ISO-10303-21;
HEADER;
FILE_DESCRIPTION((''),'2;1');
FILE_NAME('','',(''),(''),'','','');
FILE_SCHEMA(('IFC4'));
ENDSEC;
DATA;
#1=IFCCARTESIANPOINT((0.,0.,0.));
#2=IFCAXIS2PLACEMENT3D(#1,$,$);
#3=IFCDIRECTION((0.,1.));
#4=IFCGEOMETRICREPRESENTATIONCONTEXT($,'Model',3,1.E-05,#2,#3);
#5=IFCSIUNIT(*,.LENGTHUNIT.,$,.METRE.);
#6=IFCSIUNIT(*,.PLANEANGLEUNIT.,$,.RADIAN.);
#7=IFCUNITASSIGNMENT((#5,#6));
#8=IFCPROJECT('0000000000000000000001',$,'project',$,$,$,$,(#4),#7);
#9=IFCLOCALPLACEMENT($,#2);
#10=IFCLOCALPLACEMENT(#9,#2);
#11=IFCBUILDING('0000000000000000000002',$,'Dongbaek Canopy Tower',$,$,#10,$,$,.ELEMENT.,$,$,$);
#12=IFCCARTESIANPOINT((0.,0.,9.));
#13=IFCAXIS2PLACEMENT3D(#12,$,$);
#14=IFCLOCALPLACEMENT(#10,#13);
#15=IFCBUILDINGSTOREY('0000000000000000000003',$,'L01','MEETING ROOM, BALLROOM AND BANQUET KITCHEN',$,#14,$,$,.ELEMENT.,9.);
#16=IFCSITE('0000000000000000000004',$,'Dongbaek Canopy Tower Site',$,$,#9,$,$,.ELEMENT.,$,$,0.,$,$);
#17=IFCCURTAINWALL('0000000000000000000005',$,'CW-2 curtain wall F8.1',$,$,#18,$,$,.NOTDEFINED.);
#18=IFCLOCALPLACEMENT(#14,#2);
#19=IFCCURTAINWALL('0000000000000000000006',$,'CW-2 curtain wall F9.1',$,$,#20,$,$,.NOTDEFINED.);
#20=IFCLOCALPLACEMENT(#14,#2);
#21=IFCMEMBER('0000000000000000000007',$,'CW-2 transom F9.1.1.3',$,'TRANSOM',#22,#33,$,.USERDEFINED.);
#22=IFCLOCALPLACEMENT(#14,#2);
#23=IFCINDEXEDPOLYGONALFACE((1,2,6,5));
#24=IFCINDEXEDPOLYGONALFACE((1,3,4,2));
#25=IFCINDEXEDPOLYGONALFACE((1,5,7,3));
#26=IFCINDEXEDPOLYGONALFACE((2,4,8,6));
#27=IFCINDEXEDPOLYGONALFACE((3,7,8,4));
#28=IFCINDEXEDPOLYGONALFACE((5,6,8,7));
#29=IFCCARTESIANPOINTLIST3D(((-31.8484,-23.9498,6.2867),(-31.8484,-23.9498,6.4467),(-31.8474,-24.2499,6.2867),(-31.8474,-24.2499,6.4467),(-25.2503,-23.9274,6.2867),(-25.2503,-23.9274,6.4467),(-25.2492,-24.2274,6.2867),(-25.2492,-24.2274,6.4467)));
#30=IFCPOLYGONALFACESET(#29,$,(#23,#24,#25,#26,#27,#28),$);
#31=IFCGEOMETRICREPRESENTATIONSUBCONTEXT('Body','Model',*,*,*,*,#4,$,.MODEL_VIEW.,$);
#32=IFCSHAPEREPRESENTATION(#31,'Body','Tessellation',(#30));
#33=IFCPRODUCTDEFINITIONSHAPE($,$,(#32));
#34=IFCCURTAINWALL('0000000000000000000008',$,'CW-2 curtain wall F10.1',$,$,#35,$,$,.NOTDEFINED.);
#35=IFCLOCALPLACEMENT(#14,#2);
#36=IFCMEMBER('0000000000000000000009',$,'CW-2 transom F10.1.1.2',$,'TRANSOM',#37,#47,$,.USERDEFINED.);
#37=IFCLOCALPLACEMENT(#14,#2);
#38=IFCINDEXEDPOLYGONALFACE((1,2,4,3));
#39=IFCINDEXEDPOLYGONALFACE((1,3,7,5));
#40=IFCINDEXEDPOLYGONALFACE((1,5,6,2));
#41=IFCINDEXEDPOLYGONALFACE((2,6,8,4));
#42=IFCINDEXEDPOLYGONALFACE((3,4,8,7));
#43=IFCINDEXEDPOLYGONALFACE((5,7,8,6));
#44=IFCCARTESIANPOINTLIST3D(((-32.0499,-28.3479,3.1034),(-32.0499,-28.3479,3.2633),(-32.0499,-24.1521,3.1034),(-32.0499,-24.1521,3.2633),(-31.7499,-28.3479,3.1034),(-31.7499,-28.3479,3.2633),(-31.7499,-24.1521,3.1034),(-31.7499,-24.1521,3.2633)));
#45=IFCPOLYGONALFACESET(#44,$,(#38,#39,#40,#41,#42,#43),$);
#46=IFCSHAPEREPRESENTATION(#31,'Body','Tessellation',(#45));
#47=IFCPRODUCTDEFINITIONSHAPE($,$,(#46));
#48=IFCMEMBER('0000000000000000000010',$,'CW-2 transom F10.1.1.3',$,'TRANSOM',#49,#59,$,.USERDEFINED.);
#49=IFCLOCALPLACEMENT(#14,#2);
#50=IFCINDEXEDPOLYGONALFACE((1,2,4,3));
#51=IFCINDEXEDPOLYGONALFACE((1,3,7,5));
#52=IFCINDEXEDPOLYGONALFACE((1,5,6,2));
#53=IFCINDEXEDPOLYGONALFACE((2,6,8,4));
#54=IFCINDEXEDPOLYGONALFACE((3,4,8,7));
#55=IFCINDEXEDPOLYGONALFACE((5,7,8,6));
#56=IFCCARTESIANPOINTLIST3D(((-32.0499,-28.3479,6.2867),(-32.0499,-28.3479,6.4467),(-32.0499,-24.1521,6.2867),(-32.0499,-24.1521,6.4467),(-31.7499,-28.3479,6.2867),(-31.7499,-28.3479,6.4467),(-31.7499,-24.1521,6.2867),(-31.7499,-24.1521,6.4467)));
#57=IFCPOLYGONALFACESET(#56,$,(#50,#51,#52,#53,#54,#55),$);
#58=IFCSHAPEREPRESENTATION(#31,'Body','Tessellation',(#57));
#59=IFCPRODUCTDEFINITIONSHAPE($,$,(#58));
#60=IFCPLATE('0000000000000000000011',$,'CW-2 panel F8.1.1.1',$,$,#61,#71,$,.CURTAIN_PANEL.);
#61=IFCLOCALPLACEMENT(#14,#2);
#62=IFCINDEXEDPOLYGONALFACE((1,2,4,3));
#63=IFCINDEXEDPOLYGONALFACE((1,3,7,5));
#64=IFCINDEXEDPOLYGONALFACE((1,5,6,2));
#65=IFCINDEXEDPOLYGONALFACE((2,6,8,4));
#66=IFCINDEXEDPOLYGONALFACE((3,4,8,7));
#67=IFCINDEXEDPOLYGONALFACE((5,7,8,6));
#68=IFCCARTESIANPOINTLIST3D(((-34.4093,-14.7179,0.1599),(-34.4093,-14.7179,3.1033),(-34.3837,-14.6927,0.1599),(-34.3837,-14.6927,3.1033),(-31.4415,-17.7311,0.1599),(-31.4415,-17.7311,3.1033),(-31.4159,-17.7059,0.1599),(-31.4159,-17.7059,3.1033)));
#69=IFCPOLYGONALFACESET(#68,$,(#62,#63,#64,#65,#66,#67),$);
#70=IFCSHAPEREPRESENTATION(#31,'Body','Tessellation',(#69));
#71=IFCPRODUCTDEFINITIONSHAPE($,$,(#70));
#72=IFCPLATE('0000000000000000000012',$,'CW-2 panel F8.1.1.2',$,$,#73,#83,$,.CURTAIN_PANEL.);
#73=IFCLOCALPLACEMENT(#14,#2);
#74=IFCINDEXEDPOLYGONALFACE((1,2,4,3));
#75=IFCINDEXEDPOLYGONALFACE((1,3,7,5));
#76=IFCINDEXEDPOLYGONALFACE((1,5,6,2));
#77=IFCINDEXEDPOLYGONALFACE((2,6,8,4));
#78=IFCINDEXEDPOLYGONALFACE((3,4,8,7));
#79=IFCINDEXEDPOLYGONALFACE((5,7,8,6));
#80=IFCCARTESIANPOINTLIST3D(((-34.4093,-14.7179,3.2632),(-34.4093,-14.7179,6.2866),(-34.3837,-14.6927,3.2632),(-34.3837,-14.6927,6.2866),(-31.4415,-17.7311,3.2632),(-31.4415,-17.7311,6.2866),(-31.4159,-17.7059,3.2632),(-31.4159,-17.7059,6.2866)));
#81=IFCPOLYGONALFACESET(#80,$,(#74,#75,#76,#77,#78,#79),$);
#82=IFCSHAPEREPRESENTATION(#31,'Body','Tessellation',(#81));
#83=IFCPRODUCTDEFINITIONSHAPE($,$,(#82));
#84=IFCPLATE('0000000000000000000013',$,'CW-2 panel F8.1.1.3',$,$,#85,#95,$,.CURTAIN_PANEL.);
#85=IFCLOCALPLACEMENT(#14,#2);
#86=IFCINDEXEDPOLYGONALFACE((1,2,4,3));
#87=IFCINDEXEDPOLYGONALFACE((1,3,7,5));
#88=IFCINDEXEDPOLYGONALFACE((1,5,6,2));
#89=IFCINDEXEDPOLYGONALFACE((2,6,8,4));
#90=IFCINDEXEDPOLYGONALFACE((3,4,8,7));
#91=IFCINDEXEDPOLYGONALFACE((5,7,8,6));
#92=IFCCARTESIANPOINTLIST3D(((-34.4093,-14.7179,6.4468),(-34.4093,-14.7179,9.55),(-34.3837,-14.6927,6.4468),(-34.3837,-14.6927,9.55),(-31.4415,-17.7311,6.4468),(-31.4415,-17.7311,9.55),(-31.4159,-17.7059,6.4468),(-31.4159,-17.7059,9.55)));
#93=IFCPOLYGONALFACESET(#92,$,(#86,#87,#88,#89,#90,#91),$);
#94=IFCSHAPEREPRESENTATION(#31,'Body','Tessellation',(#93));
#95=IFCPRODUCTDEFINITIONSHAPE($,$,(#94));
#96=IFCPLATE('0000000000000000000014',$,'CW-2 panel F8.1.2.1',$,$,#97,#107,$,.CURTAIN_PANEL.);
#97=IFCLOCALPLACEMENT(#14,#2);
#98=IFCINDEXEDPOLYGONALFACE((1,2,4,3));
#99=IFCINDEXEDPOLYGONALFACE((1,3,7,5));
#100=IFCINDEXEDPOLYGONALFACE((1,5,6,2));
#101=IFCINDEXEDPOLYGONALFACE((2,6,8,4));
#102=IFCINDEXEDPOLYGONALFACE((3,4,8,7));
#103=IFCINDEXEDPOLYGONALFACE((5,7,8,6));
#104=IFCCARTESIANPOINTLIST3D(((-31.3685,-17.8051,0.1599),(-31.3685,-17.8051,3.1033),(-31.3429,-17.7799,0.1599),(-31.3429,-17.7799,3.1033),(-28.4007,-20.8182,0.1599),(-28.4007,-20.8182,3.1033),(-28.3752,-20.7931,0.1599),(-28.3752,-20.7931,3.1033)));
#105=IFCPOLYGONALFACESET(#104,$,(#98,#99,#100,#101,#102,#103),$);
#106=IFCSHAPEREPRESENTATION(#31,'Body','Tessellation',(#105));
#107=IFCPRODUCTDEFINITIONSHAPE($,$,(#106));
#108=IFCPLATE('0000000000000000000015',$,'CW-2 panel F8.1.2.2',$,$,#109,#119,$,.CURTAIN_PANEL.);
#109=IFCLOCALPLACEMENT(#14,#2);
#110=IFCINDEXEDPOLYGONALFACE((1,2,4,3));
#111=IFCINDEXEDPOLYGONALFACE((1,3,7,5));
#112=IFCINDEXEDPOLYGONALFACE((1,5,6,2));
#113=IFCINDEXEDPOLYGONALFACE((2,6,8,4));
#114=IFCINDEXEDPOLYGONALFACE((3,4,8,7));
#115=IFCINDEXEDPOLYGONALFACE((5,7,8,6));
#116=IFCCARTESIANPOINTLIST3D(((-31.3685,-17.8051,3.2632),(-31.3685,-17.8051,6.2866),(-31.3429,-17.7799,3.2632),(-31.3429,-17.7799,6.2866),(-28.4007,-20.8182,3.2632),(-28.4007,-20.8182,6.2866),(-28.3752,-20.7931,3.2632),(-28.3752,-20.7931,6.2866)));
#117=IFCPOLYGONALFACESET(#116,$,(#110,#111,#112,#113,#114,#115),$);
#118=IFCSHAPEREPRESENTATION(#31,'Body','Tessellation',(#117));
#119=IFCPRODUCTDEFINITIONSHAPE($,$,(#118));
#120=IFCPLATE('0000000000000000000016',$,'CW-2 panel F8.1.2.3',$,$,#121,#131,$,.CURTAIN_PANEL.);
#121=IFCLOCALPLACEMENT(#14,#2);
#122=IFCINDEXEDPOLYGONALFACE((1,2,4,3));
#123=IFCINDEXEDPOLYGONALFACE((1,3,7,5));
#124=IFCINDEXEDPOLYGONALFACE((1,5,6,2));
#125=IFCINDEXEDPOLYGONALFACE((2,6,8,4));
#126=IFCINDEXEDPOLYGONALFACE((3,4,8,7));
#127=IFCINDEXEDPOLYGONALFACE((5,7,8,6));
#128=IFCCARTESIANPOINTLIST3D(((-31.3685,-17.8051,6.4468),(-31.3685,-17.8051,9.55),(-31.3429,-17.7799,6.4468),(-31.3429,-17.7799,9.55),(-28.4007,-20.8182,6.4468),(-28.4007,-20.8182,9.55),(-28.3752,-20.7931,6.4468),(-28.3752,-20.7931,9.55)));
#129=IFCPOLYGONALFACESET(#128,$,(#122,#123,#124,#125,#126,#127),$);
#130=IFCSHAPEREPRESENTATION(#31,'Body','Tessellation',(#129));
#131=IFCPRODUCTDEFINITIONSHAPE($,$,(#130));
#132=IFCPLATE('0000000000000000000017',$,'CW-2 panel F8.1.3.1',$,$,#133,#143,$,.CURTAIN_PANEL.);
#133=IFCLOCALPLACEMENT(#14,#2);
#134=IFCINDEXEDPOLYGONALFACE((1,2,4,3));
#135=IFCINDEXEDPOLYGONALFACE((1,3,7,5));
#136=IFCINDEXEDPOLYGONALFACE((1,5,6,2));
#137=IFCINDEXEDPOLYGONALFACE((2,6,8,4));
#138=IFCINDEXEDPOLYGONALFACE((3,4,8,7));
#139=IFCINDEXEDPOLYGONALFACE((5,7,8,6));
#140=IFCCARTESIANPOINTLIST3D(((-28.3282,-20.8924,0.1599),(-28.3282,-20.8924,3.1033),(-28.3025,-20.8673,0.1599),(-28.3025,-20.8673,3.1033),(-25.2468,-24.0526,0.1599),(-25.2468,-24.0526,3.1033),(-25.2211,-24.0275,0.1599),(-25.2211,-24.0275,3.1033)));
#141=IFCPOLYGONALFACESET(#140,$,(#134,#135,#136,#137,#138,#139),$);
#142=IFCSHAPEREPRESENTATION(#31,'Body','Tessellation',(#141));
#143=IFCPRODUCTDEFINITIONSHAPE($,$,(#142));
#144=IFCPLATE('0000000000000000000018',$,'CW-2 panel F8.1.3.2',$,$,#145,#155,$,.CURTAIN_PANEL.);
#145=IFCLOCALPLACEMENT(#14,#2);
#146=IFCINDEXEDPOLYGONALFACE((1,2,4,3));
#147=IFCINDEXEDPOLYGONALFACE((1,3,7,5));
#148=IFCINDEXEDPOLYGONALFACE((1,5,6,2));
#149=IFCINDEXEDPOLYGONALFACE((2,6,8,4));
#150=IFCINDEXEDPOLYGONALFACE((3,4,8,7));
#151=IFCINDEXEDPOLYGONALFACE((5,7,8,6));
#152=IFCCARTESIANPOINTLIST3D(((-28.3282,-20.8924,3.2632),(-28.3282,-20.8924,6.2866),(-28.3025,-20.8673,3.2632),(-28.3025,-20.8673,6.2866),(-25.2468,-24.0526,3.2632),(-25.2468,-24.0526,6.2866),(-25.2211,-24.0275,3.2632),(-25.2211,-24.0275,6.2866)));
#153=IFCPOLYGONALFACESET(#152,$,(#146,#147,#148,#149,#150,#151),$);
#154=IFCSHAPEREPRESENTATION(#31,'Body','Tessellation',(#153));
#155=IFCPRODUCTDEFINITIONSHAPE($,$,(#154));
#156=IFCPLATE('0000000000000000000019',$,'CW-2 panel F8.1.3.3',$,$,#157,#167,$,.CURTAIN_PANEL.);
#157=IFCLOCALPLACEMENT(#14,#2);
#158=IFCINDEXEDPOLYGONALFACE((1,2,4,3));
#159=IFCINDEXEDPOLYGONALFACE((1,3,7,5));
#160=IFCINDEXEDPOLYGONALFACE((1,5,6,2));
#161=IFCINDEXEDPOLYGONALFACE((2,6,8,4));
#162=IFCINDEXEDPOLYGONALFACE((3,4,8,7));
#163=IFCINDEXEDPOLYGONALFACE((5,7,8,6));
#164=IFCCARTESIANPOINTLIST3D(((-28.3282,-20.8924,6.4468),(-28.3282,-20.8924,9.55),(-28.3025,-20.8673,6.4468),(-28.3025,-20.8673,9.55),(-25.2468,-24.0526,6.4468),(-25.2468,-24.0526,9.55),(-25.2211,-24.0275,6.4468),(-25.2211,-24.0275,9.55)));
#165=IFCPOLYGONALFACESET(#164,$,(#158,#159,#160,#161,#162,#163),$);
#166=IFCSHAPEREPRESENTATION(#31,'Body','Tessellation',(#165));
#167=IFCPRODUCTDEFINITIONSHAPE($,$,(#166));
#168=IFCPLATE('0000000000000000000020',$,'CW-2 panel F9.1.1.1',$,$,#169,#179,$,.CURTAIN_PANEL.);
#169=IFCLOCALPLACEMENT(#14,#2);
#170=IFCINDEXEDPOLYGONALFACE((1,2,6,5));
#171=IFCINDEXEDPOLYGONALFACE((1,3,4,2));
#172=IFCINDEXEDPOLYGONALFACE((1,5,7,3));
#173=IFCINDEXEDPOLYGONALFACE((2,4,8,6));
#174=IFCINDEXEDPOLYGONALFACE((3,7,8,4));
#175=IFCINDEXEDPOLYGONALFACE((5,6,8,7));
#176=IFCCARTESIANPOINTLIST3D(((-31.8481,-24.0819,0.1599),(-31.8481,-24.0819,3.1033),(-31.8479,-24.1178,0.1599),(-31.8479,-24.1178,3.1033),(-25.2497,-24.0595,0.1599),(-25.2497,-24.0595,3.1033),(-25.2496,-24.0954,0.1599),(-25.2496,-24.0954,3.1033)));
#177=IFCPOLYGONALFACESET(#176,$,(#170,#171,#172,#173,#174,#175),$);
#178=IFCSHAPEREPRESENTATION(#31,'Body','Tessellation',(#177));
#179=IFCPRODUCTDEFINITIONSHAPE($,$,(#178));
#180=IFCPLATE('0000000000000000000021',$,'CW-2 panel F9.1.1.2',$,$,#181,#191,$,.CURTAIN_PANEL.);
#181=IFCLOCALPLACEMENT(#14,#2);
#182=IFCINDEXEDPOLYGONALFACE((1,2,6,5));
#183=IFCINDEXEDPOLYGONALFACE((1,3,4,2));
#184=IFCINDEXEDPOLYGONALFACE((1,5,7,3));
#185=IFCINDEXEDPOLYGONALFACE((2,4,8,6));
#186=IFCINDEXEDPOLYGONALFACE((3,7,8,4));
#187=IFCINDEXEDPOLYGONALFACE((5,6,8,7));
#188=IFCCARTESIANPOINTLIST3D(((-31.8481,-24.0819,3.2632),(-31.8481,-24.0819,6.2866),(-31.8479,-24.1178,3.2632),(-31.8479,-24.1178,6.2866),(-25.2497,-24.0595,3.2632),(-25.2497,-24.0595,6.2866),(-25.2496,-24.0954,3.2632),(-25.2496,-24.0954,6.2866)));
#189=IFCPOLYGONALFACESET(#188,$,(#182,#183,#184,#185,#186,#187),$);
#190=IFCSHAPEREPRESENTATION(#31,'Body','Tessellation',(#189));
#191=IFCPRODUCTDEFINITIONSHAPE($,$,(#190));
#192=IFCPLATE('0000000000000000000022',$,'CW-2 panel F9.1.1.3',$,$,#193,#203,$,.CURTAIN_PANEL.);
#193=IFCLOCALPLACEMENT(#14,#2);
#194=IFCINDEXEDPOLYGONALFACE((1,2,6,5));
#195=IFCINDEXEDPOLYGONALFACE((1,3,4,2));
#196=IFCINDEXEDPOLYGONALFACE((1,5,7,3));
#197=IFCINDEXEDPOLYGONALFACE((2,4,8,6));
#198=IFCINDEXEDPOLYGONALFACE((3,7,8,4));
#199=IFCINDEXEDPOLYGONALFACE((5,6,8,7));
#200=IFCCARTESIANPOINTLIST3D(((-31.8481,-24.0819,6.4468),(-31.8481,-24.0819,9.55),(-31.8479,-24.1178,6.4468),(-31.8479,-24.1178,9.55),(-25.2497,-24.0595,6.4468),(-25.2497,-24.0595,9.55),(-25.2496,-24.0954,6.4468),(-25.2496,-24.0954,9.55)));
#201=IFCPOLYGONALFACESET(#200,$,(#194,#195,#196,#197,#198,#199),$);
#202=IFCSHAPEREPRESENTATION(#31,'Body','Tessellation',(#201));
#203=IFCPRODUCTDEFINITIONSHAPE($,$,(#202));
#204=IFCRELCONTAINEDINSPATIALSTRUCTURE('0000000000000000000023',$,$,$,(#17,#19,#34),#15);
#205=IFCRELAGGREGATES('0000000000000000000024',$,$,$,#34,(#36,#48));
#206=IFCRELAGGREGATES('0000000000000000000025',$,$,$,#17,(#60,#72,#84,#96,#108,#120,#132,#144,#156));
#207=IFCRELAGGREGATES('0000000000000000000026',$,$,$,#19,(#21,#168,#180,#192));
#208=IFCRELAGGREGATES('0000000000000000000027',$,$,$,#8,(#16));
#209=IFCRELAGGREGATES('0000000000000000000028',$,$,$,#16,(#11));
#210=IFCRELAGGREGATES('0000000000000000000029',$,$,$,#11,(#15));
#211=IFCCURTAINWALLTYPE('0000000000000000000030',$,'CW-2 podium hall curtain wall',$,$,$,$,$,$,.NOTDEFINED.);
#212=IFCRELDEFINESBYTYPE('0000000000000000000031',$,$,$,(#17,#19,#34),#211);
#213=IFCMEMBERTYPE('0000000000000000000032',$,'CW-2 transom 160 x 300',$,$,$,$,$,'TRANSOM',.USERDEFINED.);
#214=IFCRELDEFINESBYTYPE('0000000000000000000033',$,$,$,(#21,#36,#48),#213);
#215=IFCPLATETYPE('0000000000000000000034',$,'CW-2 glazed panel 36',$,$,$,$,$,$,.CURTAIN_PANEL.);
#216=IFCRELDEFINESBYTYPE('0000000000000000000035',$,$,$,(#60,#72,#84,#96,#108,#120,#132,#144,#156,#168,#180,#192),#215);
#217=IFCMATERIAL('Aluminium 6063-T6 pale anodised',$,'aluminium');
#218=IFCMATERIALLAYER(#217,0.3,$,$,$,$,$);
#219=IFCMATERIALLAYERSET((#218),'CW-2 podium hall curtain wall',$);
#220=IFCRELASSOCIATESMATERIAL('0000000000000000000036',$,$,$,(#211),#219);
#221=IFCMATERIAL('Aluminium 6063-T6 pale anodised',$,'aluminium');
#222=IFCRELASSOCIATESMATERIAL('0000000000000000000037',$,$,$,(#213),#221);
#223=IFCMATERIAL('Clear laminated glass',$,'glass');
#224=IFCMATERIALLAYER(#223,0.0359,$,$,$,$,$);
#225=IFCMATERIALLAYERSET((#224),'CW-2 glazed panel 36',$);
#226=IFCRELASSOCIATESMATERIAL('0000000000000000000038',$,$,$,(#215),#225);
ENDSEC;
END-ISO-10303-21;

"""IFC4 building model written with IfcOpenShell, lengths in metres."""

from ifc_helpers import new_model, si_unit, direction, frame, origin, origin_2d, place, context, subcontext, project, spatial, rectangle, extrude, material, layer, layer_set, material_profile, profile_set, type_object, element, aggregate, save


model = new_model("IFC4")

# Units and contexts
model_context = context("Model", 3, precision=1e-05, world=origin(), true_north=direction((0.0, 1.0)))
body_context = subcontext(model_context, "Body", "Model", "MODEL_VIEW")
ifc_project = project(units=[si_unit("LENGTHUNIT", "METRE"), si_unit("PLANEANGLEUNIT", "RADIAN")], contexts=[model_context])

# Site, building, storey
site_placement = place(None, origin())
site = spatial("IfcSite", under=ifc_project, at=site_placement, Name="Dongbaek Canopy Tower Site", CompositionType="ELEMENT", RefElevation=0.0)
building_placement = place(site_placement, origin())
building = spatial("IfcBuilding", under=site, at=building_placement, Name="Dongbaek Canopy Tower", CompositionType="ELEMENT")
storey_placement = place(building_placement, frame((0.0, 0.0, 9.0)))
storey = spatial("IfcBuildingStorey", under=building, at=storey_placement, Name="L01", Description="MEETING ROOM, BALLROOM AND BANQUET KITCHEN", CompositionType="ELEMENT", Elevation=9.0)

# Curtain wall
ifc_material_1 = material(Name="Aluminium 6063-T6 pale anodised", Category="aluminium")
ifc_layer_1 = layer(ifc_material_1, 0.3)
ifc_layer_set_1 = layer_set([ifc_layer_1], Name="CW-2 podium hall curtain wall")
curtain_wall_type = type_object("IfcCurtainWallType", Name="CW-2 podium hall curtain wall", PredefinedType="NOTDEFINED", material=ifc_layer_set_1)
curtain_wall_1_placement = place(storey_placement, origin())
curtain_wall_1 = element("IfcCurtainWall", 1, at=curtain_wall_1_placement, inside=storey, type_object=curtain_wall_type, Name="CW-2 curtain wall F8.1", PredefinedType="NOTDEFINED")

# Curtain wall
curtain_wall_2_placement = place(storey_placement, origin())
curtain_wall_2 = element("IfcCurtainWall", 2, at=curtain_wall_2_placement, inside=storey, type_object=curtain_wall_type, Name="CW-2 curtain wall F9.1", PredefinedType="NOTDEFINED")

# Member
ifc_material_2 = material(Name="Aluminium 6063-T6 pale anodised", Category="aluminium")
ifc_material_profile_1 = material_profile(ifc_material_2, rectangle(XDim=0.3, YDim=0.1599, at=origin_2d()), Name="CW-2 transom 160 x 300")
ifc_profile_set_1 = profile_set([ifc_material_profile_1], Name="Aluminium 6063-T6 pale anodised")
member_type_1 = type_object("IfcMemberType", Name="CW-2 transom 160 x 300", ElementType="TRANSOM", PredefinedType="USERDEFINED", material=ifc_profile_set_1)
member_1_placement = place(storey_placement, frame((-25.2498, -24.0774, 6.3667), z_axis=(-0.999994, -0.003404, 0.0), x_axis=(0.003404, -0.999994, 0.0)))
member_1 = element("IfcMember", 3, at=member_1_placement, type_object=member_type_1, Name="CW-2 transom F9.1.1.3", ObjectType="TRANSOM", PredefinedType="USERDEFINED", context=body_context, shape_type="SweptSolid", body=[
    extrude(rectangle(XDim=0.3, YDim=0.1599, at=origin_2d()), origin(), (0.0, 0.0, 1.0), 6.5981),
])

# Curtain wall, members
curtain_wall_3_placement = place(storey_placement, origin())
curtain_wall_3 = element("IfcCurtainWall", 4, at=curtain_wall_3_placement, inside=storey, type_object=curtain_wall_type, Name="CW-2 curtain wall F10.1", PredefinedType="NOTDEFINED")
member_2_placement = place(storey_placement, frame((-31.8999, -24.1521, 3.1833), z_axis=(0.0, -1.0, 0.0), x_axis=(1.0, 0.0, 0.0)))
member_2 = element("IfcMember", 5, at=member_2_placement, type_object=member_type_1, Name="CW-2 transom F10.1.1.2", ObjectType="TRANSOM", PredefinedType="USERDEFINED", context=body_context, shape_type="SweptSolid", body=[
    extrude(rectangle(XDim=0.3, YDim=0.1599, at=origin_2d()), origin(), (0.0, 0.0, 1.0), 4.1958),
])
member_3_placement = place(storey_placement, frame((-31.8999, -24.1521, 6.3667), z_axis=(0.0, -1.0, 0.0), x_axis=(1.0, 0.0, 0.0)))
member_3 = element("IfcMember", 6, at=member_3_placement, type_object=member_type_1, Name="CW-2 transom F10.1.1.3", ObjectType="TRANSOM", PredefinedType="USERDEFINED", context=body_context, shape_type="SweptSolid", body=[
    extrude(rectangle(XDim=0.3, YDim=0.1599, at=origin_2d()), origin(), (0.0, 0.0, 1.0), 4.1958),
])
aggregate(curtain_wall_3, [member_2, member_3])

# Plates
ifc_material_3 = material(Name="Clear laminated glass", Category="glass")
ifc_layer_2 = layer(ifc_material_3, 0.0359)
ifc_layer_set_2 = layer_set([ifc_layer_2], Name="CW-2 glazed panel 36")
plate_type = type_object("IfcPlateType", Name="CW-2 glazed panel 36", PredefinedType="CURTAIN_PANEL", material=ifc_layer_set_2)
plate_1_placement = place(storey_placement, frame((-32.9126, -16.2119, 0.1599), z_axis=(0.0, 0.0, 1.0), x_axis=(0.701718, -0.712455, 0.0)))
plate_1 = element("IfcPlate", 7, at=plate_1_placement, type_object=plate_type, Name="CW-2 panel F8.1.1.1", PredefinedType="CURTAIN_PANEL", context=body_context, shape_type="SweptSolid", body=[
    extrude(rectangle(XDim=4.2292, YDim=0.0359, at=origin_2d()), origin(), (0.0, 0.0, 1.0), 2.9434),
])
plate_2_placement = place(storey_placement, frame((-32.9126, -16.2119, 3.2632), z_axis=(0.0, 0.0, 1.0), x_axis=(0.701718, -0.712455, 0.0)))
plate_2 = element("IfcPlate", 8, at=plate_2_placement, type_object=plate_type, Name="CW-2 panel F8.1.1.2", PredefinedType="CURTAIN_PANEL", context=body_context, shape_type="SweptSolid", body=[
    extrude(rectangle(XDim=4.2292, YDim=0.0359, at=origin_2d()), origin(), (0.0, 0.0, 1.0), 3.0234),
])
plate_3_placement = place(storey_placement, frame((-32.9126, -16.2119, 6.4468), z_axis=(0.0, 0.0, 1.0), x_axis=(0.701718, -0.712455, 0.0)))
plate_3 = element("IfcPlate", 9, at=plate_3_placement, type_object=plate_type, Name="CW-2 panel F8.1.1.3", PredefinedType="CURTAIN_PANEL", context=body_context, shape_type="SweptSolid", body=[
    extrude(rectangle(XDim=4.2292, YDim=0.0359, at=origin_2d()), origin(), (0.0, 0.0, 1.0), 3.1033),
])
plate_4_placement = place(storey_placement, frame((-29.8718, -19.2991, 0.1599), z_axis=(0.0, 0.0, 1.0), x_axis=(0.701718, -0.712455, 0.0)))
plate_4 = element("IfcPlate", 10, at=plate_4_placement, type_object=plate_type, Name="CW-2 panel F8.1.2.1", PredefinedType="CURTAIN_PANEL", context=body_context, shape_type="SweptSolid", body=[
    extrude(rectangle(XDim=4.2292, YDim=0.0359, at=origin_2d()), origin(), (0.0, 0.0, 1.0), 2.9434),
])
plate_5_placement = place(storey_placement, frame((-29.8718, -19.2991, 3.2632), z_axis=(0.0, 0.0, 1.0), x_axis=(0.701718, -0.712455, 0.0)))
plate_5 = element("IfcPlate", 11, at=plate_5_placement, type_object=plate_type, Name="CW-2 panel F8.1.2.2", PredefinedType="CURTAIN_PANEL", context=body_context, shape_type="SweptSolid", body=[
    extrude(rectangle(XDim=4.2292, YDim=0.0359, at=origin_2d()), origin(), (0.0, 0.0, 1.0), 3.0234),
])
plate_6_placement = place(storey_placement, frame((-29.8718, -19.2991, 6.4468), z_axis=(0.0, 0.0, 1.0), x_axis=(0.701718, -0.712455, 0.0)))
plate_6 = element("IfcPlate", 12, at=plate_6_placement, type_object=plate_type, Name="CW-2 panel F8.1.2.3", PredefinedType="CURTAIN_PANEL", context=body_context, shape_type="SweptSolid", body=[
    extrude(rectangle(XDim=4.2292, YDim=0.0359, at=origin_2d()), origin(), (0.0, 0.0, 1.0), 3.1033),
])
plate_7_placement = place(storey_placement, frame((-26.7747, -22.46, 0.1599), z_axis=(0.0, 0.0, 1.0), x_axis=(0.69812, -0.715981, 0.0)))
plate_7 = element("IfcPlate", 13, at=plate_7_placement, type_object=plate_type, Name="CW-2 panel F8.1.3.1", PredefinedType="CURTAIN_PANEL", context=body_context, shape_type="SweptSolid", body=[
    extrude(rectangle(XDim=4.4138, YDim=0.0359, at=origin_2d()), origin(), (0.0, 0.0, 1.0), 2.9434),
])
plate_8_placement = place(storey_placement, frame((-26.7747, -22.46, 3.2632), z_axis=(0.0, 0.0, 1.0), x_axis=(0.69812, -0.715981, 0.0)))
plate_8 = element("IfcPlate", 14, at=plate_8_placement, type_object=plate_type, Name="CW-2 panel F8.1.3.2", PredefinedType="CURTAIN_PANEL", context=body_context, shape_type="SweptSolid", body=[
    extrude(rectangle(XDim=4.4138, YDim=0.0359, at=origin_2d()), origin(), (0.0, 0.0, 1.0), 3.0234),
])
plate_9_placement = place(storey_placement, frame((-26.7747, -22.46, 6.4468), z_axis=(0.0, 0.0, 1.0), x_axis=(0.69812, -0.715981, 0.0)))
plate_9 = element("IfcPlate", 15, at=plate_9_placement, type_object=plate_type, Name="CW-2 panel F8.1.3.3", PredefinedType="CURTAIN_PANEL", context=body_context, shape_type="SweptSolid", body=[
    extrude(rectangle(XDim=4.4138, YDim=0.0359, at=origin_2d()), origin(), (0.0, 0.0, 1.0), 3.1033),
])
aggregate(curtain_wall_1, [plate_1, plate_2, plate_3, plate_4, plate_5, plate_6, plate_7, plate_8, plate_9])
plate_10_placement = place(storey_placement, frame((-28.5488, -24.0886, 0.1599), z_axis=(0.0, 0.0, 1.0), x_axis=(-0.999994, -0.003396, 0.0)))
plate_10 = element("IfcPlate", 16, at=plate_10_placement, type_object=plate_type, Name="CW-2 panel F9.1.1.1", PredefinedType="CURTAIN_PANEL", context=body_context, shape_type="SweptSolid", body=[
    extrude(rectangle(XDim=6.5984, YDim=0.0359, at=origin_2d()), origin(), (0.0, 0.0, 1.0), 2.9434),
])
plate_11_placement = place(storey_placement, frame((-28.5488, -24.0886, 3.2632), z_axis=(0.0, 0.0, 1.0), x_axis=(-0.999994, -0.003396, 0.0)))
plate_11 = element("IfcPlate", 17, at=plate_11_placement, type_object=plate_type, Name="CW-2 panel F9.1.1.2", PredefinedType="CURTAIN_PANEL", context=body_context, shape_type="SweptSolid", body=[
    extrude(rectangle(XDim=6.5984, YDim=0.0359, at=origin_2d()), origin(), (0.0, 0.0, 1.0), 3.0234),
])
plate_12_placement = place(storey_placement, frame((-28.5488, -24.0886, 6.4468), z_axis=(0.0, 0.0, 1.0), x_axis=(-0.999994, -0.003396, 0.0)))
plate_12 = element("IfcPlate", 18, at=plate_12_placement, type_object=plate_type, Name="CW-2 panel F9.1.1.3", PredefinedType="CURTAIN_PANEL", context=body_context, shape_type="SweptSolid", body=[
    extrude(rectangle(XDim=6.5984, YDim=0.0359, at=origin_2d()), origin(), (0.0, 0.0, 1.0), 3.1033),
])
aggregate(curtain_wall_2, [member_1, plate_10, plate_11, plate_12])

save(model, "model.ifc")
